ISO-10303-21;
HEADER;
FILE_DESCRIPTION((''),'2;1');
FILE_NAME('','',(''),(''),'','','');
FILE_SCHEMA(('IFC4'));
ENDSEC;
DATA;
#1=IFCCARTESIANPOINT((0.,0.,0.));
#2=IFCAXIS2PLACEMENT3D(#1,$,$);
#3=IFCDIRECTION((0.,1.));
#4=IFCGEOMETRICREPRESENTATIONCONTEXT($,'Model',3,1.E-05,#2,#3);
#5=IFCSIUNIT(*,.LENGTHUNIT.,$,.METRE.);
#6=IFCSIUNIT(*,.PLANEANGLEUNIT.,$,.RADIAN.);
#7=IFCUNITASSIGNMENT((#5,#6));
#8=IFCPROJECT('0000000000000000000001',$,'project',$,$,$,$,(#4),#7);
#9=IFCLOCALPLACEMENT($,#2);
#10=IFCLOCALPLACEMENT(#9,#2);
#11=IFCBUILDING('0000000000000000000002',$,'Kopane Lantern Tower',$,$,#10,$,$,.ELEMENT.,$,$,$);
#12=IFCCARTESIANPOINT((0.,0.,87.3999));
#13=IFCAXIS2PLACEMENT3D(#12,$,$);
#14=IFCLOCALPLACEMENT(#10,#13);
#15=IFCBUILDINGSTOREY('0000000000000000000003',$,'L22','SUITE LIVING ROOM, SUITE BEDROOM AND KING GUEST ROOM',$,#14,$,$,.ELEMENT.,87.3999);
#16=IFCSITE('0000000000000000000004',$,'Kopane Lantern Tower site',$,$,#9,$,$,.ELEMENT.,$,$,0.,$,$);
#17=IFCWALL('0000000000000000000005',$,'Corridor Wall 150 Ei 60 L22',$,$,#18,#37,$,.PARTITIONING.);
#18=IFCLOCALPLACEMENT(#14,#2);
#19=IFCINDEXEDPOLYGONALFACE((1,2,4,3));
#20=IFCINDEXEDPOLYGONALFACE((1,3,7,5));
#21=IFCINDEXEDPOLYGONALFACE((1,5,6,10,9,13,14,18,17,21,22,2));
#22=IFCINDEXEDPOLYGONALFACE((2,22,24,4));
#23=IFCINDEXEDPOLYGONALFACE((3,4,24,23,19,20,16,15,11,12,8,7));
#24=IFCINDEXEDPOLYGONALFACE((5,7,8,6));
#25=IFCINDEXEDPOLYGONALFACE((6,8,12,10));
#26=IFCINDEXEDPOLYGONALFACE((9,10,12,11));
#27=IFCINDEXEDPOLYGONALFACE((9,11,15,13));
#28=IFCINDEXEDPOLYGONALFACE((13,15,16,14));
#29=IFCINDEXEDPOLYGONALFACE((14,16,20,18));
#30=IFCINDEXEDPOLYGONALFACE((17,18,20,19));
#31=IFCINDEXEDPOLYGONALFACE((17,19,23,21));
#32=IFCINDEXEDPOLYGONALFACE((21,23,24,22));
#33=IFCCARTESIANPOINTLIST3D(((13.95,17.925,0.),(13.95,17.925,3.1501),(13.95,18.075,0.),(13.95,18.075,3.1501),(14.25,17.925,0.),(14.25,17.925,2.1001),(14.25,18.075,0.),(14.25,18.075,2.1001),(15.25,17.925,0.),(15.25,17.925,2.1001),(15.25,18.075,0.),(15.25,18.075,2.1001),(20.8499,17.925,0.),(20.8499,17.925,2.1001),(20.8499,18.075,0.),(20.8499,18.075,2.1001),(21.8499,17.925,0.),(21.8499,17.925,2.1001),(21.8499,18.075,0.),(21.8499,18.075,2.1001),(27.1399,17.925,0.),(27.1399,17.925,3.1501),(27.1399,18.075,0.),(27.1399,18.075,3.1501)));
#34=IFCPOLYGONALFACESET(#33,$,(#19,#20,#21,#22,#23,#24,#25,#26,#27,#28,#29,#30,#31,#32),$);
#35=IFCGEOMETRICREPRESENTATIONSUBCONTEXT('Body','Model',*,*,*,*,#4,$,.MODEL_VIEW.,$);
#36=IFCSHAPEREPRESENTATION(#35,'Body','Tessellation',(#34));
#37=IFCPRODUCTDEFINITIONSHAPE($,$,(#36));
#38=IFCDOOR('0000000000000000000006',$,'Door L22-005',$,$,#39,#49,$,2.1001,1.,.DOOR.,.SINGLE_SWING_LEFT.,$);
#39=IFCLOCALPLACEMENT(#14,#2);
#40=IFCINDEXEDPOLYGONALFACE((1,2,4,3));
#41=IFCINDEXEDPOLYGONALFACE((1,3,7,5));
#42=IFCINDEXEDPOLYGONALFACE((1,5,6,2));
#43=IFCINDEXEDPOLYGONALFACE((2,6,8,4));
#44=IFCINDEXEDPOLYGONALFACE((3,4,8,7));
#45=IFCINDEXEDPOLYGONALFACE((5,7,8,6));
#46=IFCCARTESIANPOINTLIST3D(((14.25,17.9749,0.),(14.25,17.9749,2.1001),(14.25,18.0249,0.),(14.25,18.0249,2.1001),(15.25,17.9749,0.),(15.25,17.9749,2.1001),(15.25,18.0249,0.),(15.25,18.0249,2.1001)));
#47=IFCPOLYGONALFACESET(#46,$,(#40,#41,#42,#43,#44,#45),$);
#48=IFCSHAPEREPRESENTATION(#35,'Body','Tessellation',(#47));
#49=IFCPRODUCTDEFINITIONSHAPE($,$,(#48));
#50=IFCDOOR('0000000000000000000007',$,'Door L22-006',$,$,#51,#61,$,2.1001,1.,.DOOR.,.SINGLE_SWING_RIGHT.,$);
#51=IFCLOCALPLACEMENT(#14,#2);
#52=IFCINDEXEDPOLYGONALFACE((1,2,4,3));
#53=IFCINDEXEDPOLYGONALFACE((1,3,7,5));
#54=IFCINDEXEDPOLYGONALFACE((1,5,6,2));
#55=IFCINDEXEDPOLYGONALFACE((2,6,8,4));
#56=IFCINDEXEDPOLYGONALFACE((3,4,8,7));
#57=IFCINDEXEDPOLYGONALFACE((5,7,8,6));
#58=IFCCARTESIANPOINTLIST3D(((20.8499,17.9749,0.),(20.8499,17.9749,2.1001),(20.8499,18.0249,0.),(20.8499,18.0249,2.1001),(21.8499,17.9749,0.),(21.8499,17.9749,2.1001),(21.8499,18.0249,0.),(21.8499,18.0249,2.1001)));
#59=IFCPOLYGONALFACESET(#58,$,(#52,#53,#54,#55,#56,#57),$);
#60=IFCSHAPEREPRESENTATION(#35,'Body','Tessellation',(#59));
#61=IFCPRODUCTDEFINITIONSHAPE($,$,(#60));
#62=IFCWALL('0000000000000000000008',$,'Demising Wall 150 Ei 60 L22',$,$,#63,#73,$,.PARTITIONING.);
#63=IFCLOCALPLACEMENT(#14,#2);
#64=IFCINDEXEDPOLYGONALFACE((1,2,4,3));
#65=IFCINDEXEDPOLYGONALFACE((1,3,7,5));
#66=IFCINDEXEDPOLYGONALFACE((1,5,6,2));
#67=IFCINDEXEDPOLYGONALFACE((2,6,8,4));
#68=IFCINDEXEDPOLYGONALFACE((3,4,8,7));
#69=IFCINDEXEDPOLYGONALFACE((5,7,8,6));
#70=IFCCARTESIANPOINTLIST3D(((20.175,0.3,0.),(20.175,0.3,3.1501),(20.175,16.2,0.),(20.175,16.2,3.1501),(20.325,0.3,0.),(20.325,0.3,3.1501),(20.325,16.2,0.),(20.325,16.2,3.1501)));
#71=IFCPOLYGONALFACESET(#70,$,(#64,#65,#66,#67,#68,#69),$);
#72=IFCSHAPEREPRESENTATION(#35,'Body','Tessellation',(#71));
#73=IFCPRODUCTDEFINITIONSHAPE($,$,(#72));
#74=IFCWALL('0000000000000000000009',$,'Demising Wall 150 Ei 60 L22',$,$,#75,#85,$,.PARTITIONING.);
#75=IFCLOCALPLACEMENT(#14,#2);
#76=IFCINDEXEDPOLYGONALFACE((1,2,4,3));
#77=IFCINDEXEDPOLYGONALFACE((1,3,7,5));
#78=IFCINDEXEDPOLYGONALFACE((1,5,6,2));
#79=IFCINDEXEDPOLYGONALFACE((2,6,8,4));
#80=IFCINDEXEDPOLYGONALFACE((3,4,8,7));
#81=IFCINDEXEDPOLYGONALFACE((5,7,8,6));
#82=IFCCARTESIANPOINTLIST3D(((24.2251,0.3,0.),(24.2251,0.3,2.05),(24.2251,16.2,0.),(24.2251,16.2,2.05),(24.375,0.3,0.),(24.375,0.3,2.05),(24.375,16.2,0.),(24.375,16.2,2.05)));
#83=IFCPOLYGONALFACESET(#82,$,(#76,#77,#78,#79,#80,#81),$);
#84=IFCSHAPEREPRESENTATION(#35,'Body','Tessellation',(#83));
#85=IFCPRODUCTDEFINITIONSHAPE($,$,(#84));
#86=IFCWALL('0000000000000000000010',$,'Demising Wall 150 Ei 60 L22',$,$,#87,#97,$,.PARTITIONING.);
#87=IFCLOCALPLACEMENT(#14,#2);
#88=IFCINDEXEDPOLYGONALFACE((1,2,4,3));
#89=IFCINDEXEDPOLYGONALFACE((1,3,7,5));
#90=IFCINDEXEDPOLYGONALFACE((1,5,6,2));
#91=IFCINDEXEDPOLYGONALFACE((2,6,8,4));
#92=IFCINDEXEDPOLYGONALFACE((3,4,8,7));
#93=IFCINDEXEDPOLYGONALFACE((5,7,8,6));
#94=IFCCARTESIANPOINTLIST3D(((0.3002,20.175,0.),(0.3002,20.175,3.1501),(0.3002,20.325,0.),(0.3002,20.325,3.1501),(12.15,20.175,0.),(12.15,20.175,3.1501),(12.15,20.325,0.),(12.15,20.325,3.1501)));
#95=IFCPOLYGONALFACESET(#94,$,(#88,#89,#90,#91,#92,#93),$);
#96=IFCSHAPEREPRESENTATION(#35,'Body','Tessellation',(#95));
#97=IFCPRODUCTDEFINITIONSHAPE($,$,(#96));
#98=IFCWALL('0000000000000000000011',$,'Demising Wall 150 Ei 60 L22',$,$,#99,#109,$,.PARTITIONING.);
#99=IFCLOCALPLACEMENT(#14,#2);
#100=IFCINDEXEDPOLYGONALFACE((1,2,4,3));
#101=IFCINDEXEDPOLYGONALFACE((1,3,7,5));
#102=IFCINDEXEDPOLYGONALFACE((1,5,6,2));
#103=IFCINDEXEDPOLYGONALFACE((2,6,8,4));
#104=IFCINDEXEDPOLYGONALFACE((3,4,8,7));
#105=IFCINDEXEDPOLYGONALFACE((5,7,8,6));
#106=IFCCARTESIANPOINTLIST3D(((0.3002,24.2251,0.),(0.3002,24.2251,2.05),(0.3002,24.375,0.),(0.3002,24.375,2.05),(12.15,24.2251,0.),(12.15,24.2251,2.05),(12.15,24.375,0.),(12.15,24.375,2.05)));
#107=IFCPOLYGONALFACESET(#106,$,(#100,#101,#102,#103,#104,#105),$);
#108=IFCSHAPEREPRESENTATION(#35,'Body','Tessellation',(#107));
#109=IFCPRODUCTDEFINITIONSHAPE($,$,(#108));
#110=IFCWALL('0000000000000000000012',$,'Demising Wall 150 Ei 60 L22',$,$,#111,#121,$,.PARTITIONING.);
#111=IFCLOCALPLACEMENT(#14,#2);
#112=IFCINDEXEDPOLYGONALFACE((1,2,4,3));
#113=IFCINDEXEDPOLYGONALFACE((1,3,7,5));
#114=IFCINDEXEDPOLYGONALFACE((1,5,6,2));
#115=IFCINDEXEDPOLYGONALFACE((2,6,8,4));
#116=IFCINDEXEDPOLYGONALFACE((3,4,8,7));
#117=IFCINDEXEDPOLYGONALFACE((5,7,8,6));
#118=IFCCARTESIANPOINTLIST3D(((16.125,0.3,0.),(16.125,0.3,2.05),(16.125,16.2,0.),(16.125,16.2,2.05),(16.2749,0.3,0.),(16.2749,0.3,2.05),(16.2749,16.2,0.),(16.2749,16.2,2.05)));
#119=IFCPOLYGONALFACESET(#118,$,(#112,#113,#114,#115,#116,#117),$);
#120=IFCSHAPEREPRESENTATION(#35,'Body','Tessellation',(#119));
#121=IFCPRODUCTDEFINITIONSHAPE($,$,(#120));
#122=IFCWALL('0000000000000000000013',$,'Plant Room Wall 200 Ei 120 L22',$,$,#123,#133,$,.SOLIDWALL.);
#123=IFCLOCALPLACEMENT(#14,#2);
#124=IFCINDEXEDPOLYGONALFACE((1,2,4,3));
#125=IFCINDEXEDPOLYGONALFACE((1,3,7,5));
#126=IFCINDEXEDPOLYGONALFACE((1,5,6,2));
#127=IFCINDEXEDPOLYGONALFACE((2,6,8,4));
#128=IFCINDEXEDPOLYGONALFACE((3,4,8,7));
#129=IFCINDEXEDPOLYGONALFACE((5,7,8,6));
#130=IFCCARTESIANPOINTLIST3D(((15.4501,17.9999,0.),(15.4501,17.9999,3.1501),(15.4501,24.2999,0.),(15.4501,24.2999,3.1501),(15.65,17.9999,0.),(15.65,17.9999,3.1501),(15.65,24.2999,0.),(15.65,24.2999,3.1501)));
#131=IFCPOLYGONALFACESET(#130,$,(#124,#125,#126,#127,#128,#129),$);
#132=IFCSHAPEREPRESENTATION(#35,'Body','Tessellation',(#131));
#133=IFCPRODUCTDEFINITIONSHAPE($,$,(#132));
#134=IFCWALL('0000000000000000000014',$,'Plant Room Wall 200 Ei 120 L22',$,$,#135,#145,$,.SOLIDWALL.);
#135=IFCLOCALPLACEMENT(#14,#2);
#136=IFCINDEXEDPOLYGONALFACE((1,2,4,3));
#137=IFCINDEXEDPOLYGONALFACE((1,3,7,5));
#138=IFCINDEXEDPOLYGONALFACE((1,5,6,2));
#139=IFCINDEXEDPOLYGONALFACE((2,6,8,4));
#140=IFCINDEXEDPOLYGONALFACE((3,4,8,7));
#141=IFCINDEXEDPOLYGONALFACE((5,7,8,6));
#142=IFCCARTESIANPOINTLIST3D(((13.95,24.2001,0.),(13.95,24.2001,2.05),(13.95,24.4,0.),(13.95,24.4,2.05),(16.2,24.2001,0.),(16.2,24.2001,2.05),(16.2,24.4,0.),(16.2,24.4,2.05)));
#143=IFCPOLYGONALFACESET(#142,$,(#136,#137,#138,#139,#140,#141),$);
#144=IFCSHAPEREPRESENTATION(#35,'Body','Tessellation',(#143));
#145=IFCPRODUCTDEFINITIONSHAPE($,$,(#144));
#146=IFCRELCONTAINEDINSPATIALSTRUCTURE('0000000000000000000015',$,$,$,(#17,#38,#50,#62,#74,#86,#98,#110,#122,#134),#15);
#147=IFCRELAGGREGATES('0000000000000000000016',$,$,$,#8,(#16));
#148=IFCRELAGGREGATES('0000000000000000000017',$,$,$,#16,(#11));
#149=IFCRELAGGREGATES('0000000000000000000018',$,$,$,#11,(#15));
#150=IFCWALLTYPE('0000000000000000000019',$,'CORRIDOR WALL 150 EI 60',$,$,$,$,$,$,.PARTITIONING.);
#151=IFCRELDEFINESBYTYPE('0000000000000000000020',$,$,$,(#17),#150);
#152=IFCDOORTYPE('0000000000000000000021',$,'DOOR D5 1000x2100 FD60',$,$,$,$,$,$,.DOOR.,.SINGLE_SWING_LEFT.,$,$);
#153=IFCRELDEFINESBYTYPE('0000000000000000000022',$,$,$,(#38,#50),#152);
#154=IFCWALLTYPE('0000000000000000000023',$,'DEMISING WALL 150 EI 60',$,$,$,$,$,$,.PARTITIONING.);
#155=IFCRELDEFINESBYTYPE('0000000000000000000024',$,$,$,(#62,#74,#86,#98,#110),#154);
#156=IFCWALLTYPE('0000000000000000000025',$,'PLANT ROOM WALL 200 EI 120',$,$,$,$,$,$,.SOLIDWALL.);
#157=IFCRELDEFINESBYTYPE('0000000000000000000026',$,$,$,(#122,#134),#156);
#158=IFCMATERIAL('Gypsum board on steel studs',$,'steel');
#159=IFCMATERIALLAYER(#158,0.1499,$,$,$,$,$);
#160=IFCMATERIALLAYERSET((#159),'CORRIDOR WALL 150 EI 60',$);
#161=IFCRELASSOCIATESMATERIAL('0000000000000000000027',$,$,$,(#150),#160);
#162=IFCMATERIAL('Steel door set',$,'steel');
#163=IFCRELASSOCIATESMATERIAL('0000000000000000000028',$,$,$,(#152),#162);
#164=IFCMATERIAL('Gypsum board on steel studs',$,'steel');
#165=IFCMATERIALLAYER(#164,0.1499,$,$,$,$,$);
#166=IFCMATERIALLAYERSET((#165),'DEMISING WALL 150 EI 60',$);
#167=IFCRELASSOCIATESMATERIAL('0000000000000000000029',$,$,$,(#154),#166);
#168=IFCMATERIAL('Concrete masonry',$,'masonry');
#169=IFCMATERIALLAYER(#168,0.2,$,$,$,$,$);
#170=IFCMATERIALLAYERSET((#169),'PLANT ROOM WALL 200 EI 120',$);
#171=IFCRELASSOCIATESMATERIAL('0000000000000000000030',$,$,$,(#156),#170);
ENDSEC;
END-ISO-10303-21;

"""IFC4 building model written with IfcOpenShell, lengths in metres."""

from ifc_helpers import new_model, si_unit, direction, frame, frame_2d, origin, place, context, subcontext, project, spatial, rectangle, extrude, material, layer, layer_set, type_object, element, fill, save


model = new_model("IFC4")

# Units and contexts
model_context = context("Model", 3, precision=1e-05, world=origin(), true_north=direction((0.0, 1.0)))
body_context = subcontext(model_context, "Body", "Model", "MODEL_VIEW")
ifc_project = project(units=[si_unit("LENGTHUNIT", "METRE"), si_unit("PLANEANGLEUNIT", "RADIAN")], contexts=[model_context])

# Site, building, storey
site_placement = place(None, origin())
site = spatial("IfcSite", under=ifc_project, at=site_placement, Name="Kopane Lantern Tower site", CompositionType="ELEMENT", RefElevation=0.0)
building_placement = place(site_placement, origin())
building = spatial("IfcBuilding", under=site, at=building_placement, Name="Kopane Lantern Tower", CompositionType="ELEMENT")
storey_placement = place(building_placement, frame((0.0, 0.0, 87.3999)))
storey = spatial("IfcBuildingStorey", under=building, at=storey_placement, Name="L22", Description="SUITE LIVING ROOM, SUITE BEDROOM AND KING GUEST ROOM", CompositionType="ELEMENT", Elevation=87.3999)

# Wall, openings, doors
ifc_material_1 = material(Name="Gypsum board on steel studs", Category="steel")
ifc_layer_1 = layer(ifc_material_1, 0.1499)
ifc_layer_set_1 = layer_set([ifc_layer_1], Name="CORRIDOR WALL 150 EI 60")
wall_type_1 = type_object("IfcWallType", Name="CORRIDOR WALL 150 EI 60", PredefinedType="PARTITIONING", material=ifc_layer_set_1)
wall_1_placement = place(storey_placement, frame((13.95, 18.0, 0.0), z_axis=(0.0, 0.0, 1.0), x_axis=(1.0, 0.0, 0.0)))
wall_1 = element("IfcWall", 1, at=wall_1_placement, inside=storey, type_object=wall_type_1, Name="Corridor Wall 150 Ei 60 L22", PredefinedType="PARTITIONING", context=body_context, shape_type="SweptSolid", body=[
    extrude(rectangle(XDim=13.1899, YDim=0.1499, at=frame_2d((6.595, 0.0))), origin(), (0.0, 0.0, 1.0), 3.1501),
])
opening_1_placement = place(wall_1_placement, frame((0.3, 0.0, 0.0)))
opening_1 = element("IfcOpeningElement", 2, at=opening_1_placement, cuts=wall_1, PredefinedType="OPENING", context=body_context, shape_type="SweptSolid", body=[
    extrude(rectangle(XDim=1.0, YDim=2.1001, at=frame_2d((0.5, 1.05))), frame((0.0, 0.085, 0.0), z_axis=(0.0, -1.0, 0.0), x_axis=(1.0, 0.0, 0.0)), (0.0, 0.0, 1.0), 0.1699),
])
opening_2_placement = place(wall_1_placement, frame((6.8999, 0.0, 0.0)))
opening_2 = element("IfcOpeningElement", 3, at=opening_2_placement, cuts=wall_1, PredefinedType="OPENING", context=body_context, shape_type="SweptSolid", body=[
    extrude(rectangle(XDim=1.0, YDim=2.1001, at=frame_2d((0.5, 1.05))), frame((0.0, 0.085, 0.0), z_axis=(0.0, -1.0, 0.0), x_axis=(1.0, 0.0, 0.0)), (0.0, 0.0, 1.0), 0.1699),
])
ifc_material_2 = material(Name="Steel door set", Category="steel")
door_type_1 = type_object("IfcDoorType", Name="DOOR D5 1000x2100 FD60", OperationType="SINGLE_SWING_LEFT", PredefinedType="DOOR", material=ifc_material_2)
door_1_placement = place(opening_1_placement, origin())
door_1 = element("IfcDoor", 4, at=door_1_placement, inside=storey, type_object=door_type_1, Name="Door L22-005", OperationType="SINGLE_SWING_LEFT", OverallHeight=2.1001, OverallWidth=1.0, PredefinedType="DOOR", context=body_context, shape_type="SweptSolid", body=[
    extrude(rectangle(XDim=1.0, YDim=2.1001, at=frame_2d((0.5, 1.05))), frame((0.0, 0.0249, 0.0), z_axis=(0.0, -1.0, 0.0), x_axis=(1.0, 0.0, 0.0)), (0.0, 0.0, 1.0), 0.05),
])
fill(opening_1, door_1)
door_2_placement = place(opening_2_placement, origin())
door_2 = element("IfcDoor", 5, at=door_2_placement, inside=storey, type_object=door_type_1, Name="Door L22-006", OperationType="SINGLE_SWING_RIGHT", OverallHeight=2.1001, OverallWidth=1.0, PredefinedType="DOOR", context=body_context, shape_type="SweptSolid", body=[
    extrude(rectangle(XDim=1.0, YDim=2.1001, at=frame_2d((0.5, 1.05))), frame((0.0, 0.0249, 0.0), z_axis=(0.0, -1.0, 0.0), x_axis=(1.0, 0.0, 0.0)), (0.0, 0.0, 1.0), 0.05),
])
fill(opening_2, door_2)

# Walls
ifc_material_3 = material(Name="Gypsum board on steel studs", Category="steel")
ifc_layer_2 = layer(ifc_material_3, 0.1499)
ifc_layer_set_2 = layer_set([ifc_layer_2], Name="DEMISING WALL 150 EI 60")
wall_type_2 = type_object("IfcWallType", Name="DEMISING WALL 150 EI 60", PredefinedType="PARTITIONING", material=ifc_layer_set_2)
wall_2_placement = place(storey_placement, frame((20.25, 16.2, 0.0), z_axis=(0.0, 0.0, 1.0), x_axis=(0.0, -1.0, 0.0)))
element("IfcWall", 6, at=wall_2_placement, inside=storey, type_object=wall_type_2, Name="Demising Wall 150 Ei 60 L22", PredefinedType="PARTITIONING", context=body_context, shape_type="SweptSolid", body=[
    extrude(rectangle(XDim=15.8999, YDim=0.1499, at=frame_2d((7.95, 0.0))), origin(), (0.0, 0.0, 1.0), 3.1501),
])
wall_3_placement = place(storey_placement, frame((24.3, 16.2, 0.0), z_axis=(0.0, 0.0, 1.0), x_axis=(0.0, -1.0, 0.0)))
element("IfcWall", 7, at=wall_3_placement, inside=storey, type_object=wall_type_2, Name="Demising Wall 150 Ei 60 L22", PredefinedType="PARTITIONING", context=body_context, shape_type="SweptSolid", body=[
    extrude(rectangle(XDim=15.8999, YDim=0.1499, at=frame_2d((7.95, 0.0))), origin(), (0.0, 0.0, 1.0), 2.05),
])
wall_4_placement = place(storey_placement, frame((12.1499, 20.25, 0.0), z_axis=(0.0, 0.0, 1.0), x_axis=(-1.0, 0.0, 0.0)))
element("IfcWall", 8, at=wall_4_placement, inside=storey, type_object=wall_type_2, Name="Demising Wall 150 Ei 60 L22", PredefinedType="PARTITIONING", context=body_context, shape_type="SweptSolid", body=[
    extrude(rectangle(XDim=11.8499, YDim=0.1499, at=frame_2d((5.9248, 0.0))), origin(), (0.0, 0.0, 1.0), 3.1501),
])
wall_5_placement = place(storey_placement, frame((12.1499, 24.3, 0.0), z_axis=(0.0, 0.0, 1.0), x_axis=(-1.0, 0.0, 0.0)))
element("IfcWall", 9, at=wall_5_placement, inside=storey, type_object=wall_type_2, Name="Demising Wall 150 Ei 60 L22", PredefinedType="PARTITIONING", context=body_context, shape_type="SweptSolid", body=[
    extrude(rectangle(XDim=11.8499, YDim=0.1499, at=frame_2d((5.9248, 0.0))), origin(), (0.0, 0.0, 1.0), 2.05),
])
wall_6_placement = place(storey_placement, frame((16.2, 16.2, 0.0), z_axis=(0.0, 0.0, 1.0), x_axis=(0.0, -1.0, 0.0)))
element("IfcWall", 10, at=wall_6_placement, inside=storey, type_object=wall_type_2, Name="Demising Wall 150 Ei 60 L22", PredefinedType="PARTITIONING", context=body_context, shape_type="SweptSolid", body=[
    extrude(rectangle(XDim=15.8999, YDim=0.1499, at=frame_2d((7.95, 0.0))), origin(), (0.0, 0.0, 1.0), 2.05),
])
ifc_material_4 = material(Name="Concrete masonry", Category="masonry")
ifc_layer_3 = layer(ifc_material_4, 0.2)
ifc_layer_set_3 = layer_set([ifc_layer_3], Name="PLANT ROOM WALL 200 EI 120")
wall_type_3 = type_object("IfcWallType", Name="PLANT ROOM WALL 200 EI 120", PredefinedType="SOLIDWALL", material=ifc_layer_set_3)
wall_7_placement = place(storey_placement, frame((15.55, 18.0, 0.0), z_axis=(0.0, 0.0, 1.0), x_axis=(0.0, 1.0, 0.0)))
element("IfcWall", 11, at=wall_7_placement, inside=storey, type_object=wall_type_3, Name="Plant Room Wall 200 Ei 120 L22", PredefinedType="SOLIDWALL", context=body_context, shape_type="SweptSolid", body=[
    extrude(rectangle(XDim=6.3, YDim=0.2, at=frame_2d((3.1499, 0.0))), origin(), (0.0, 0.0, 1.0), 3.1501),
])
wall_8_placement = place(storey_placement, frame((13.95, 24.3, 0.0), z_axis=(0.0, 0.0, 1.0), x_axis=(1.0, 0.0, 0.0)))
element("IfcWall", 12, at=wall_8_placement, inside=storey, type_object=wall_type_3, Name="Plant Room Wall 200 Ei 120 L22", PredefinedType="SOLIDWALL", context=body_context, shape_type="SweptSolid", body=[
    extrude(rectangle(XDim=2.25, YDim=0.2, at=frame_2d((1.125, 0.0))), origin(), (0.0, 0.0, 1.0), 2.05),
])

save(model, "model.ifc")
